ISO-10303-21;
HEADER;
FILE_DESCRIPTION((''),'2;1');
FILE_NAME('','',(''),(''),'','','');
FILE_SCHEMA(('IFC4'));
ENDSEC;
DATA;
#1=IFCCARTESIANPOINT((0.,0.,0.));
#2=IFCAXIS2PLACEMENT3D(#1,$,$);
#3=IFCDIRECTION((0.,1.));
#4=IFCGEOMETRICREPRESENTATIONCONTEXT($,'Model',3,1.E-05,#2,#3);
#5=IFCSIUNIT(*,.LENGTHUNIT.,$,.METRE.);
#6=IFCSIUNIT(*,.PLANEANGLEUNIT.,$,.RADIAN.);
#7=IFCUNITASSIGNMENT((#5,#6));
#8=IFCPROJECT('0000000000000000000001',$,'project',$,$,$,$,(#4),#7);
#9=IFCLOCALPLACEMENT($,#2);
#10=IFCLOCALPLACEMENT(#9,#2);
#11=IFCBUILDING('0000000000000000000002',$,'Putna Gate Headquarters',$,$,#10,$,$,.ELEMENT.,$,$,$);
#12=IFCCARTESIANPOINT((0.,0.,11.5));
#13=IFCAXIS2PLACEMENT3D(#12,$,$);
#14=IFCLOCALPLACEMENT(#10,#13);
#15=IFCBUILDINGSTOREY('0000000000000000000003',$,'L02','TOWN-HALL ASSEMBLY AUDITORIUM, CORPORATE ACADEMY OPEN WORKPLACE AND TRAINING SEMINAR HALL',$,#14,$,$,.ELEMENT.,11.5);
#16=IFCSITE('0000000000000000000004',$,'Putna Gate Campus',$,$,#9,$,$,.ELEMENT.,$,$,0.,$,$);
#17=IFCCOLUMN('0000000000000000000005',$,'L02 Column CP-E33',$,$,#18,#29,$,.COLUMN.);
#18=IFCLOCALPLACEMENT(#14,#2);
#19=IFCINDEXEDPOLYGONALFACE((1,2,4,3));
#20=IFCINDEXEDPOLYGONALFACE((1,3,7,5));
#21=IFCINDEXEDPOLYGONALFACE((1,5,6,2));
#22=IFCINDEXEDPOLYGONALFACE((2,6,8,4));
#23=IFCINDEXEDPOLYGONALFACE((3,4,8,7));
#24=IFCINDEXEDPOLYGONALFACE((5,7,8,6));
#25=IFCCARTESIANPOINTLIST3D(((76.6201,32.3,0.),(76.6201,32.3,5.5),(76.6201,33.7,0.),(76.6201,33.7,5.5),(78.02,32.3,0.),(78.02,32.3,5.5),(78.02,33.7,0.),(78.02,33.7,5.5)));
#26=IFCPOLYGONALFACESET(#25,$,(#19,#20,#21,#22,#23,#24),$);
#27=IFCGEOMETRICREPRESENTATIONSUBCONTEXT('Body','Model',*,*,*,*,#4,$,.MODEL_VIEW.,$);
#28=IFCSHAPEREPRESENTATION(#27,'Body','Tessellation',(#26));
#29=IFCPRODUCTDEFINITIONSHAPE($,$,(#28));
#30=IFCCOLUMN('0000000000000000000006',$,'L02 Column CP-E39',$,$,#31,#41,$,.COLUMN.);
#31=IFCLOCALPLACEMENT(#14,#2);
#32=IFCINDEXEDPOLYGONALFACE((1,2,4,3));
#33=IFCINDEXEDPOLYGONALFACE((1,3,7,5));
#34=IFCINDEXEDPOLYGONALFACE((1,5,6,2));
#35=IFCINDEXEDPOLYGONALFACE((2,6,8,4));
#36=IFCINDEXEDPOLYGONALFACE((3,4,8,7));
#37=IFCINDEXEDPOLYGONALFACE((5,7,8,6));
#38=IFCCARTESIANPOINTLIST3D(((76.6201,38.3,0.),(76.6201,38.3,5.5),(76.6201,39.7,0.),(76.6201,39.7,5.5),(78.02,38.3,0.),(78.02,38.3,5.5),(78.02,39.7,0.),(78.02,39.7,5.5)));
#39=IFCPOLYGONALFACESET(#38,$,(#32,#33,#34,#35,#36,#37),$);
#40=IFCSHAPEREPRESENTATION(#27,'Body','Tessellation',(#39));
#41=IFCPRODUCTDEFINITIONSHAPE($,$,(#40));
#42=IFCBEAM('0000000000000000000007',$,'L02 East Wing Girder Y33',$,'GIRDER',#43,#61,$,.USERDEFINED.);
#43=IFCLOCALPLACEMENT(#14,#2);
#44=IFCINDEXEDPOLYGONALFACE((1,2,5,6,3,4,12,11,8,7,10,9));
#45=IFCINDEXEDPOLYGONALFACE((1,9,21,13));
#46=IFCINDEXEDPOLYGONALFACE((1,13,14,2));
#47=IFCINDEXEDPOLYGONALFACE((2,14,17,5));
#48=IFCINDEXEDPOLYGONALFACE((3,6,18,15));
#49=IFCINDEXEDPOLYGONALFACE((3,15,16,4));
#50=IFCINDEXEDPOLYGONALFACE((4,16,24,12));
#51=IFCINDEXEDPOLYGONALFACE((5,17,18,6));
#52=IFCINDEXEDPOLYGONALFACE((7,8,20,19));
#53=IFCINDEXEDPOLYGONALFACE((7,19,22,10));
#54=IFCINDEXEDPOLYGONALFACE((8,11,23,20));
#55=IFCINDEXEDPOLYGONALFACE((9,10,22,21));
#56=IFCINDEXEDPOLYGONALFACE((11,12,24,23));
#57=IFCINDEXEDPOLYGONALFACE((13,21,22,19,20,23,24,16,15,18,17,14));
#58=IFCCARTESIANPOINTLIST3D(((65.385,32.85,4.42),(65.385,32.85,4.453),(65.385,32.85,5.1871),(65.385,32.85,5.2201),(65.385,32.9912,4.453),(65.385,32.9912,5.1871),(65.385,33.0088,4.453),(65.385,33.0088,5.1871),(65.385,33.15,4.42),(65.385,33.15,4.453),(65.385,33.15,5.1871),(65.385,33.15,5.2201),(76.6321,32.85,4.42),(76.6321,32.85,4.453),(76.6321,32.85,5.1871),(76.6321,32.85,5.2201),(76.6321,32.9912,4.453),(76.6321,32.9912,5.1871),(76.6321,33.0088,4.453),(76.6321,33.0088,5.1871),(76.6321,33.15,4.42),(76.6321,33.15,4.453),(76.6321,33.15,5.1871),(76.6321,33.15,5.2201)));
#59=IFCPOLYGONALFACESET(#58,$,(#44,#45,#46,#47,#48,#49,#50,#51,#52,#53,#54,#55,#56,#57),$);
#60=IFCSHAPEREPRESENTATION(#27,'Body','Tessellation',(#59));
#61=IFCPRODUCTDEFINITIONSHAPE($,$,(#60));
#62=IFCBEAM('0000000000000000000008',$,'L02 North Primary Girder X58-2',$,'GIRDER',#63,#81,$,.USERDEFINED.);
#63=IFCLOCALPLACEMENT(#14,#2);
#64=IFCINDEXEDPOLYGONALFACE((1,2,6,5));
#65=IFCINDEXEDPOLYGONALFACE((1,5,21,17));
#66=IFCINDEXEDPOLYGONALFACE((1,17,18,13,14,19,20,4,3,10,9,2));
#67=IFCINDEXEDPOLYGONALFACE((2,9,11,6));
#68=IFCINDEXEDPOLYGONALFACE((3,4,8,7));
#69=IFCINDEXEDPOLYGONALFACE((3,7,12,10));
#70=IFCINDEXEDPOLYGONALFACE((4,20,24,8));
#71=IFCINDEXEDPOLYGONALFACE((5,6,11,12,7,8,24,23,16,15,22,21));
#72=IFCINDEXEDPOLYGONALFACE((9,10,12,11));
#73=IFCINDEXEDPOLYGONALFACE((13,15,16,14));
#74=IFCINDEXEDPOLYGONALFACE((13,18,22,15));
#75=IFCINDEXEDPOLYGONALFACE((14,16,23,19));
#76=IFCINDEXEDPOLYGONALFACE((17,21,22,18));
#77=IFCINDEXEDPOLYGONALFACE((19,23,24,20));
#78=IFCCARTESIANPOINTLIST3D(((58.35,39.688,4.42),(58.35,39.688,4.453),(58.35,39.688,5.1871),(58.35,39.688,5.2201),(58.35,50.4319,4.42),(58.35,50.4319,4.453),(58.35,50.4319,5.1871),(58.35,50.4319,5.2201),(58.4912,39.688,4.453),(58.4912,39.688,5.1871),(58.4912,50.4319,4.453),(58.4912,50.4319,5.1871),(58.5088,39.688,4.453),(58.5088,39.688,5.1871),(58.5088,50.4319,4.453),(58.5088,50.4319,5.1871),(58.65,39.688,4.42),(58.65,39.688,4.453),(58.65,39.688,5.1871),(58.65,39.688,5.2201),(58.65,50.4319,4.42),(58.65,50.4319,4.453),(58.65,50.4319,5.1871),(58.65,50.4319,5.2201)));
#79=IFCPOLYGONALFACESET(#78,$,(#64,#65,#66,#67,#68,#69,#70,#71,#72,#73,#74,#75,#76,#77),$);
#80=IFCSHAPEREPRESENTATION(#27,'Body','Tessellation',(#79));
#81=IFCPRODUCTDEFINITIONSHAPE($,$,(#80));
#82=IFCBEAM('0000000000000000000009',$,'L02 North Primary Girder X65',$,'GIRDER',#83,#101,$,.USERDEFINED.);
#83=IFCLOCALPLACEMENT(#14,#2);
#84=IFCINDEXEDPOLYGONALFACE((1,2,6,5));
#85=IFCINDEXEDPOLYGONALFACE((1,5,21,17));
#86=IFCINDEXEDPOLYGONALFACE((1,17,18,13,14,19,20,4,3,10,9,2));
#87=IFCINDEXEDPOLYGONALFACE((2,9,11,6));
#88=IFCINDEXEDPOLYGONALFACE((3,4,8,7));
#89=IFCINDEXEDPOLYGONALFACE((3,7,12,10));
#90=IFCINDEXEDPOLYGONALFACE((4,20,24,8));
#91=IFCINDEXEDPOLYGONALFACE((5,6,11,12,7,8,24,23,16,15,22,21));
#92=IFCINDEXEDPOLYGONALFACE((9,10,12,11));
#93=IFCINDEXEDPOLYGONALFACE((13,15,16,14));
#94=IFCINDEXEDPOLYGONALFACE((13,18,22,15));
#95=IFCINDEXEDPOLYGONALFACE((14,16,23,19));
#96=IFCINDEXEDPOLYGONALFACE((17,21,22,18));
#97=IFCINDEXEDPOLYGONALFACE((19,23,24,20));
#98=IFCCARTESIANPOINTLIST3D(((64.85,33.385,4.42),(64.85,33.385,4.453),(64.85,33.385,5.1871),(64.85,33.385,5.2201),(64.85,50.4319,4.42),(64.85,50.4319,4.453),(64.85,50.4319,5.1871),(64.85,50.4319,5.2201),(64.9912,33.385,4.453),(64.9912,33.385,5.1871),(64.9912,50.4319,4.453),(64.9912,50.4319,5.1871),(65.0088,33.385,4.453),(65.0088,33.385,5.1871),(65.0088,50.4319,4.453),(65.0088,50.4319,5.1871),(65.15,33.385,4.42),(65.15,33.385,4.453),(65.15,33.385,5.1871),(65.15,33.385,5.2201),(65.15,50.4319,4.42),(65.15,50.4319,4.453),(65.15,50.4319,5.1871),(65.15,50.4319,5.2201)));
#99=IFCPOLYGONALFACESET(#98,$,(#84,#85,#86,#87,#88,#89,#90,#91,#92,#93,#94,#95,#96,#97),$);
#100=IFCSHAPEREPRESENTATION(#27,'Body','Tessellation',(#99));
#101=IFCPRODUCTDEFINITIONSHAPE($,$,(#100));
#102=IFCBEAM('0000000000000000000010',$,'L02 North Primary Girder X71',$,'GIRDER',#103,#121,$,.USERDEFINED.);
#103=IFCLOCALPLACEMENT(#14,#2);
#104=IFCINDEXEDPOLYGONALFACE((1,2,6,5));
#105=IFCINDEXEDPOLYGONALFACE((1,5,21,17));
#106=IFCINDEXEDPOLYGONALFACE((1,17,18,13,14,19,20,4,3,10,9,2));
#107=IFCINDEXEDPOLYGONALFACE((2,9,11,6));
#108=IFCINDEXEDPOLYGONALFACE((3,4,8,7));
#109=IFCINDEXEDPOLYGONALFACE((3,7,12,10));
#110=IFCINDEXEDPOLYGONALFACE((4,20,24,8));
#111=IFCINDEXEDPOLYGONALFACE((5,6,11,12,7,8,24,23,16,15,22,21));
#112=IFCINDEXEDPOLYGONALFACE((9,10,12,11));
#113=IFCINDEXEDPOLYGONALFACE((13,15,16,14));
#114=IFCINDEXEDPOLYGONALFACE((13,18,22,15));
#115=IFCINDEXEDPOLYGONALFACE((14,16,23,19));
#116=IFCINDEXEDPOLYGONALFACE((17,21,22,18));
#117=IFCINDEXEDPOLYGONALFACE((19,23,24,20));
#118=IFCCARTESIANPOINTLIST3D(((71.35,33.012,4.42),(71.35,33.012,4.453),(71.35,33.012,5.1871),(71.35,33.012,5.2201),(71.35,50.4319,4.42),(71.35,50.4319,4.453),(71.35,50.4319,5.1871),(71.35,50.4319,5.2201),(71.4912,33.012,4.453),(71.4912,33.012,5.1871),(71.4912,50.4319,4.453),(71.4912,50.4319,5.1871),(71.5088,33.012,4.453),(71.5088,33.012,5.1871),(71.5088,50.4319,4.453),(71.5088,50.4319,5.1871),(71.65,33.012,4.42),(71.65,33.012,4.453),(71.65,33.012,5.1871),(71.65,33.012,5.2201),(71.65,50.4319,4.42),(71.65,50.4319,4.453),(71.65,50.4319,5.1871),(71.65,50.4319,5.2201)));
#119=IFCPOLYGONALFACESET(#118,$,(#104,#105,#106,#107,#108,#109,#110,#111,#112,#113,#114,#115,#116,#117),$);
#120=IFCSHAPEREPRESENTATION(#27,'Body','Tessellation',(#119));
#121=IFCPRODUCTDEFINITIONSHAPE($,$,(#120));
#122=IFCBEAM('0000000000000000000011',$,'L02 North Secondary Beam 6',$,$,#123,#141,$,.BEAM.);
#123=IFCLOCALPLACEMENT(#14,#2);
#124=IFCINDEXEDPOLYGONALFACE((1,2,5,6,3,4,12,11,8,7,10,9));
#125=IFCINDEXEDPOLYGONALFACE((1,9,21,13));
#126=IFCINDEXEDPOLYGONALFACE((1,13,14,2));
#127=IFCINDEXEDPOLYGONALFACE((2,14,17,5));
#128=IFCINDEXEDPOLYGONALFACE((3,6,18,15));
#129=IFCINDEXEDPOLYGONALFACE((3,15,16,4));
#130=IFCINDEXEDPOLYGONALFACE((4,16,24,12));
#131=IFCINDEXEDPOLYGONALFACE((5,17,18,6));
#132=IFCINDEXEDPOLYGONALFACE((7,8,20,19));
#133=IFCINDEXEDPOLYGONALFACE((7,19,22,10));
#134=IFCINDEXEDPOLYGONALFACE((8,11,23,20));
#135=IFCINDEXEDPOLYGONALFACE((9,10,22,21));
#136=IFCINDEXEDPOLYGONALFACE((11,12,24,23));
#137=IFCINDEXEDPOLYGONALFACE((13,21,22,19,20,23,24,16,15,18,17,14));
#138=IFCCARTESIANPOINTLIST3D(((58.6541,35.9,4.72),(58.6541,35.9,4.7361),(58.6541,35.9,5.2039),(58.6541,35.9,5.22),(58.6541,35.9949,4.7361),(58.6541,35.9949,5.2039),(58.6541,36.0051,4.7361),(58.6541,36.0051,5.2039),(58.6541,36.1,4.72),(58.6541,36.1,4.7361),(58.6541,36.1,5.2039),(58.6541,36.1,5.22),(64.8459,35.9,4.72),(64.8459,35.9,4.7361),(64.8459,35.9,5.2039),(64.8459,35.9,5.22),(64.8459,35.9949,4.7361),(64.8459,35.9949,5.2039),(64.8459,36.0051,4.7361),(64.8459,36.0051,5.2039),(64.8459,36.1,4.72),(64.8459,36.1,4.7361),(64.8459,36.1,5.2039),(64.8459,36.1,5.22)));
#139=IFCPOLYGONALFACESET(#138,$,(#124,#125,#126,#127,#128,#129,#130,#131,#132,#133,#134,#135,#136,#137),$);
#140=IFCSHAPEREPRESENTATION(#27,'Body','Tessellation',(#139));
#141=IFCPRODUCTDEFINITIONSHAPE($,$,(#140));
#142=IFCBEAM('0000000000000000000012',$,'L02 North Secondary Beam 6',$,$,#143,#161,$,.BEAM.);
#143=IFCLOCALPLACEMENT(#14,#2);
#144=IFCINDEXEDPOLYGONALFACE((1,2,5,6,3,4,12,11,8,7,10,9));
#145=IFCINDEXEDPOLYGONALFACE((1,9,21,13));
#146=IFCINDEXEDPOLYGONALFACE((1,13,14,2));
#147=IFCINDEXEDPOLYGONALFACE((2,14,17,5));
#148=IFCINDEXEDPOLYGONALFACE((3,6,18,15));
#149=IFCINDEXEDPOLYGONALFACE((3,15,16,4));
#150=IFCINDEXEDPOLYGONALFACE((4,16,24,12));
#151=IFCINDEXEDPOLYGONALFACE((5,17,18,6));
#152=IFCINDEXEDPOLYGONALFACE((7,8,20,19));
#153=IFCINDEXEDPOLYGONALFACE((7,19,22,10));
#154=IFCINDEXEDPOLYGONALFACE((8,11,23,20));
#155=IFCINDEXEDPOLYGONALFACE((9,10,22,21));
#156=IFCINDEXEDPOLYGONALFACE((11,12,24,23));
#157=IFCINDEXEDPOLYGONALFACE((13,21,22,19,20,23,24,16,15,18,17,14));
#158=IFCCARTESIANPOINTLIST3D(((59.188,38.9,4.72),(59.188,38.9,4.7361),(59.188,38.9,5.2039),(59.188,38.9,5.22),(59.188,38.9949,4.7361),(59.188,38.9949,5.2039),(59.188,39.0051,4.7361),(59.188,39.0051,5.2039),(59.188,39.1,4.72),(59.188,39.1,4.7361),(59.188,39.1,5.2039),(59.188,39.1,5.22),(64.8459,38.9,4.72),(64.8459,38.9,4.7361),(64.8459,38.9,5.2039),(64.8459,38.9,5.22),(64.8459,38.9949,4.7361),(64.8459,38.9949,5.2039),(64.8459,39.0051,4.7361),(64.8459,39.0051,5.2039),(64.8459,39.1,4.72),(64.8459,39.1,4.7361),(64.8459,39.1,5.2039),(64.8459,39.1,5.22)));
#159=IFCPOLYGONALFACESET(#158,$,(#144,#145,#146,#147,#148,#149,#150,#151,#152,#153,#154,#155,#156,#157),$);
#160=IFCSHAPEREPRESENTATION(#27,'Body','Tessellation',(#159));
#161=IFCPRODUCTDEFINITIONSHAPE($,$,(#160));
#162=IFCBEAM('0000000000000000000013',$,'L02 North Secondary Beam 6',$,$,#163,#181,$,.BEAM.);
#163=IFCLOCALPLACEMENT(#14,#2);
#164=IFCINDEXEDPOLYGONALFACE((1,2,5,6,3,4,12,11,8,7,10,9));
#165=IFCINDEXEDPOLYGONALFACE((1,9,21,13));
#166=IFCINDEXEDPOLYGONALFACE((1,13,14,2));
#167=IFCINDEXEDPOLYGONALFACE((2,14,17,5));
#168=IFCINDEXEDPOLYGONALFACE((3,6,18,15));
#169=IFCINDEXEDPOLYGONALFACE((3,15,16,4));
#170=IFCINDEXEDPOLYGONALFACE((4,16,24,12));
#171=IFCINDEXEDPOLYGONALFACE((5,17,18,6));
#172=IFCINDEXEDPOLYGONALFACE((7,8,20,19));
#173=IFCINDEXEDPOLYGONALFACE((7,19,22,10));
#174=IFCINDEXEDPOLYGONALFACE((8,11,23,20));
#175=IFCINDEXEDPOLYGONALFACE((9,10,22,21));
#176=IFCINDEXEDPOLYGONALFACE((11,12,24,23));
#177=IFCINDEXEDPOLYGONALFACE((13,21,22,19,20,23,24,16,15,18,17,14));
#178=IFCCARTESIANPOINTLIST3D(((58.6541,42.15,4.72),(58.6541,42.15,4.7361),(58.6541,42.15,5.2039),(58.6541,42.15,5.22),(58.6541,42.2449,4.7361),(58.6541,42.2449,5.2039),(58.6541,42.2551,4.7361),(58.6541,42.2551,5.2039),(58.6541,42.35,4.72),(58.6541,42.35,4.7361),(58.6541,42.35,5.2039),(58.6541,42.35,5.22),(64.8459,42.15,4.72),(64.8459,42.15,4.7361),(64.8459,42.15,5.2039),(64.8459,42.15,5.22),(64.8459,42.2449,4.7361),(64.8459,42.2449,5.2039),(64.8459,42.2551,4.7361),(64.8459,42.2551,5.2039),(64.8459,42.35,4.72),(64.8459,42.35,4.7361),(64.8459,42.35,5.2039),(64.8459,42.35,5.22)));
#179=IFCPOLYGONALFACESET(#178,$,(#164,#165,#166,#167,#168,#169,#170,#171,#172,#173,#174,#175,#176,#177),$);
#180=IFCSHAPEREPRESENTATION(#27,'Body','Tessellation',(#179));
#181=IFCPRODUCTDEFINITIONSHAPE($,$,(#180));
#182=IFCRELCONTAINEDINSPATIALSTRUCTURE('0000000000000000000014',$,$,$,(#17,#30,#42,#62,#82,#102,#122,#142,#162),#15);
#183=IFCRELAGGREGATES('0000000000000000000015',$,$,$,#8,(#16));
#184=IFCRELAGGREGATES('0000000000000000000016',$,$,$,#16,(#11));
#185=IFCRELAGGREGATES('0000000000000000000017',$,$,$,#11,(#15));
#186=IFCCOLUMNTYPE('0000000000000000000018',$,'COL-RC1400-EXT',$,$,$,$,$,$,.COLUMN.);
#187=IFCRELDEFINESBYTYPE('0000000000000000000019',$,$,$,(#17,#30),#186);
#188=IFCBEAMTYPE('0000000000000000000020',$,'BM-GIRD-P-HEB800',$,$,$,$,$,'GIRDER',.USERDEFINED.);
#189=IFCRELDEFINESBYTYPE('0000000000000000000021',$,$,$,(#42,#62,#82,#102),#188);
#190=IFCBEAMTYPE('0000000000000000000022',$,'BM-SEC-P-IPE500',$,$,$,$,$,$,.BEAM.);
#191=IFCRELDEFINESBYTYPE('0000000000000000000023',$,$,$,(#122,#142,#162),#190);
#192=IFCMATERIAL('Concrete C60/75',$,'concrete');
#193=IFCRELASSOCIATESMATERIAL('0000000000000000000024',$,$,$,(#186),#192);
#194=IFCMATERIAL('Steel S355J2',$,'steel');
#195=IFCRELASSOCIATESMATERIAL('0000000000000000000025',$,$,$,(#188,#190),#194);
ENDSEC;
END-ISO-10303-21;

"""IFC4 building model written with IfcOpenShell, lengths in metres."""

from ifc_helpers import new_model, si_unit, direction, frame, origin, origin_2d, place, context, subcontext, project, spatial, rectangle, i_section, extrude, material, material_profile, profile_set, type_object, element, save


model = new_model("IFC4")

# Units and contexts
model_context = context("Model", 3, precision=1e-05, world=origin(), true_north=direction((0.0, 1.0)))
body_context = subcontext(model_context, "Body", "Model", "MODEL_VIEW")
ifc_project = project(units=[si_unit("LENGTHUNIT", "METRE"), si_unit("PLANEANGLEUNIT", "RADIAN")], contexts=[model_context])

# Site, building, storey
site_placement = place(None, origin())
site = spatial("IfcSite", under=ifc_project, at=site_placement, Name="Putna Gate Campus", CompositionType="ELEMENT", RefElevation=0.0)
building_placement = place(site_placement, origin())
building = spatial("IfcBuilding", under=site, at=building_placement, Name="Putna Gate Headquarters", CompositionType="ELEMENT")
storey_placement = place(building_placement, frame((0.0, 0.0, 11.5)))
storey = spatial("IfcBuildingStorey", under=building, at=storey_placement, Name="L02", Description="TOWN-HALL ASSEMBLY AUDITORIUM, CORPORATE ACADEMY OPEN WORKPLACE AND TRAINING SEMINAR HALL", CompositionType="ELEMENT", Elevation=11.5)

# Columns
ifc_material_1 = material(Name="Concrete C60/75", Category="concrete")
ifc_material_profile_1 = material_profile(ifc_material_1, rectangle(XDim=1.3999, YDim=1.3999, at=origin_2d()), Name="Concrete C60/75")
ifc_profile_set_1 = profile_set([ifc_material_profile_1], Name="Concrete C60/75")
column_type = type_object("IfcColumnType", Name="COL-RC1400-EXT", PredefinedType="COLUMN", material=ifc_profile_set_1)
for number, where, z_axis, x_axis, name in (
    (1, (77.3201, 33.0, 0.0), (0.0, 0.0, 1.0), (1.0, 0.0, 0.0), "L02 Column CP-E33"),
    (2, (77.3201, 39.0, 0.0), (0.0, 0.0, 1.0), (1.0, 0.0, 0.0), "L02 Column CP-E39"),
):
    element("IfcColumn", number, at=place(storey_placement, frame(where, z_axis=z_axis, x_axis=x_axis)), inside=storey, type_object=column_type, Name=name, PredefinedType="COLUMN", context=body_context, shape_type="SweptSolid", body=[
        extrude(rectangle(XDim=1.3999, YDim=1.3999, at=origin_2d()), origin(), (0.0, 0.0, 1.0), 5.5),
    ])

# Beams
ifc_material_2 = material(Name="Steel S355J2", Category="steel")
ifc_material_profile_2 = material_profile(ifc_material_2, i_section(OverallWidth=0.3, OverallDepth=0.8, WebThickness=0.0176, FlangeThickness=0.033, at=origin_2d()), Name="Steel S355J2")
ifc_profile_set_2 = profile_set([ifc_material_profile_2], Name="Steel S355J2")
beam_type_1 = type_object("IfcBeamType", Name="BM-GIRD-P-HEB800", ElementType="GIRDER", PredefinedType="USERDEFINED", material=ifc_profile_set_2)
beam_1_placement = place(storey_placement, frame((65.385, 33.0, 4.8201), z_axis=(1.0, 0.0, 0.0), x_axis=(0.0, 1.0, 0.0)))
element("IfcBeam", 3, at=beam_1_placement, inside=storey, type_object=beam_type_1, Name="L02 East Wing Girder Y33", ObjectType="GIRDER", PredefinedType="USERDEFINED", context=body_context, shape_type="SweptSolid", body=[
    extrude(i_section(OverallWidth=0.3, OverallDepth=0.8, WebThickness=0.0176, FlangeThickness=0.033, at=origin_2d()), origin(), (0.0, 0.0, 1.0), 11.2471),
])
beam_2_placement = place(storey_placement, frame((58.5, 39.688, 4.8201), z_axis=(0.0, 1.0, 0.0), x_axis=(-1.0, 0.0, 0.0)))
element("IfcBeam", 4, at=beam_2_placement, inside=storey, type_object=beam_type_1, Name="L02 North Primary Girder X58-2", ObjectType="GIRDER", PredefinedType="USERDEFINED", context=body_context, shape_type="SweptSolid", body=[
    extrude(i_section(OverallWidth=0.3, OverallDepth=0.8, WebThickness=0.0176, FlangeThickness=0.033, at=origin_2d()), origin(), (0.0, 0.0, 1.0), 10.7439),
])
beam_3_placement = place(storey_placement, frame((65.0, 33.385, 4.8201), z_axis=(0.0, 1.0, 0.0), x_axis=(-1.0, 0.0, 0.0)))
element("IfcBeam", 5, at=beam_3_placement, inside=storey, type_object=beam_type_1, Name="L02 North Primary Girder X65", ObjectType="GIRDER", PredefinedType="USERDEFINED", context=body_context, shape_type="SweptSolid", body=[
    extrude(i_section(OverallWidth=0.3, OverallDepth=0.8, WebThickness=0.0176, FlangeThickness=0.033, at=origin_2d()), origin(), (0.0, 0.0, 1.0), 17.0469),
])
beam_4_placement = place(storey_placement, frame((71.5, 33.012, 4.8201), z_axis=(0.0, 1.0, 0.0), x_axis=(-1.0, 0.0, 0.0)))
element("IfcBeam", 6, at=beam_4_placement, inside=storey, type_object=beam_type_1, Name="L02 North Primary Girder X71", ObjectType="GIRDER", PredefinedType="USERDEFINED", context=body_context, shape_type="SweptSolid", body=[
    extrude(i_section(OverallWidth=0.3, OverallDepth=0.8, WebThickness=0.0176, FlangeThickness=0.033, at=origin_2d()), origin(), (0.0, 0.0, 1.0), 17.4199),
])
ifc_material_profile_3 = material_profile(ifc_material_2, i_section(OverallWidth=0.2, OverallDepth=0.5, WebThickness=0.0103, FlangeThickness=0.0161, at=origin_2d()), Name="Steel S355J2")
ifc_profile_set_3 = profile_set([ifc_material_profile_3], Name="Steel S355J2")
beam_type_2 = type_object("IfcBeamType", Name="BM-SEC-P-IPE500", PredefinedType="BEAM", material=ifc_profile_set_3)
beam_5_placement = place(storey_placement, frame((58.6541, 36.0, 4.97), z_axis=(1.0, 0.0, 0.0), x_axis=(0.0, 1.0, 0.0)))
element("IfcBeam", 7, at=beam_5_placement, inside=storey, type_object=beam_type_2, Name="L02 North Secondary Beam 6", PredefinedType="BEAM", context=body_context, shape_type="SweptSolid", body=[
    extrude(i_section(OverallWidth=0.2, OverallDepth=0.5, WebThickness=0.0103, FlangeThickness=0.0161, at=origin_2d()), origin(), (0.0, 0.0, 1.0), 6.1919),
])
beam_6_placement = place(storey_placement, frame((59.188, 39.0, 4.97), z_axis=(1.0, 0.0, 0.0), x_axis=(0.0, 1.0, 0.0)))
element("IfcBeam", 8, at=beam_6_placement, inside=storey, type_object=beam_type_2, Name="L02 North Secondary Beam 6", PredefinedType="BEAM", context=body_context, shape_type="SweptSolid", body=[
    extrude(i_section(OverallWidth=0.2, OverallDepth=0.5, WebThickness=0.0103, FlangeThickness=0.0161, at=origin_2d()), origin(), (0.0, 0.0, 1.0), 5.658),
])
for number, where, z_axis, x_axis, name in (
    (9, (58.6541, 42.25, 4.97), (1.0, 0.0, 0.0), (0.0, 1.0, 0.0), "L02 North Secondary Beam 6"),
):
    element("IfcBeam", number, at=place(storey_placement, frame(where, z_axis=z_axis, x_axis=x_axis)), inside=storey, type_object=beam_type_2, Name=name, PredefinedType="BEAM", context=body_context, shape_type="SweptSolid", body=[
        extrude(i_section(OverallWidth=0.2, OverallDepth=0.5, WebThickness=0.0103, FlangeThickness=0.0161, at=origin_2d()), origin(), (0.0, 0.0, 1.0), 6.1919),
    ])

save(model, "model.ifc")
